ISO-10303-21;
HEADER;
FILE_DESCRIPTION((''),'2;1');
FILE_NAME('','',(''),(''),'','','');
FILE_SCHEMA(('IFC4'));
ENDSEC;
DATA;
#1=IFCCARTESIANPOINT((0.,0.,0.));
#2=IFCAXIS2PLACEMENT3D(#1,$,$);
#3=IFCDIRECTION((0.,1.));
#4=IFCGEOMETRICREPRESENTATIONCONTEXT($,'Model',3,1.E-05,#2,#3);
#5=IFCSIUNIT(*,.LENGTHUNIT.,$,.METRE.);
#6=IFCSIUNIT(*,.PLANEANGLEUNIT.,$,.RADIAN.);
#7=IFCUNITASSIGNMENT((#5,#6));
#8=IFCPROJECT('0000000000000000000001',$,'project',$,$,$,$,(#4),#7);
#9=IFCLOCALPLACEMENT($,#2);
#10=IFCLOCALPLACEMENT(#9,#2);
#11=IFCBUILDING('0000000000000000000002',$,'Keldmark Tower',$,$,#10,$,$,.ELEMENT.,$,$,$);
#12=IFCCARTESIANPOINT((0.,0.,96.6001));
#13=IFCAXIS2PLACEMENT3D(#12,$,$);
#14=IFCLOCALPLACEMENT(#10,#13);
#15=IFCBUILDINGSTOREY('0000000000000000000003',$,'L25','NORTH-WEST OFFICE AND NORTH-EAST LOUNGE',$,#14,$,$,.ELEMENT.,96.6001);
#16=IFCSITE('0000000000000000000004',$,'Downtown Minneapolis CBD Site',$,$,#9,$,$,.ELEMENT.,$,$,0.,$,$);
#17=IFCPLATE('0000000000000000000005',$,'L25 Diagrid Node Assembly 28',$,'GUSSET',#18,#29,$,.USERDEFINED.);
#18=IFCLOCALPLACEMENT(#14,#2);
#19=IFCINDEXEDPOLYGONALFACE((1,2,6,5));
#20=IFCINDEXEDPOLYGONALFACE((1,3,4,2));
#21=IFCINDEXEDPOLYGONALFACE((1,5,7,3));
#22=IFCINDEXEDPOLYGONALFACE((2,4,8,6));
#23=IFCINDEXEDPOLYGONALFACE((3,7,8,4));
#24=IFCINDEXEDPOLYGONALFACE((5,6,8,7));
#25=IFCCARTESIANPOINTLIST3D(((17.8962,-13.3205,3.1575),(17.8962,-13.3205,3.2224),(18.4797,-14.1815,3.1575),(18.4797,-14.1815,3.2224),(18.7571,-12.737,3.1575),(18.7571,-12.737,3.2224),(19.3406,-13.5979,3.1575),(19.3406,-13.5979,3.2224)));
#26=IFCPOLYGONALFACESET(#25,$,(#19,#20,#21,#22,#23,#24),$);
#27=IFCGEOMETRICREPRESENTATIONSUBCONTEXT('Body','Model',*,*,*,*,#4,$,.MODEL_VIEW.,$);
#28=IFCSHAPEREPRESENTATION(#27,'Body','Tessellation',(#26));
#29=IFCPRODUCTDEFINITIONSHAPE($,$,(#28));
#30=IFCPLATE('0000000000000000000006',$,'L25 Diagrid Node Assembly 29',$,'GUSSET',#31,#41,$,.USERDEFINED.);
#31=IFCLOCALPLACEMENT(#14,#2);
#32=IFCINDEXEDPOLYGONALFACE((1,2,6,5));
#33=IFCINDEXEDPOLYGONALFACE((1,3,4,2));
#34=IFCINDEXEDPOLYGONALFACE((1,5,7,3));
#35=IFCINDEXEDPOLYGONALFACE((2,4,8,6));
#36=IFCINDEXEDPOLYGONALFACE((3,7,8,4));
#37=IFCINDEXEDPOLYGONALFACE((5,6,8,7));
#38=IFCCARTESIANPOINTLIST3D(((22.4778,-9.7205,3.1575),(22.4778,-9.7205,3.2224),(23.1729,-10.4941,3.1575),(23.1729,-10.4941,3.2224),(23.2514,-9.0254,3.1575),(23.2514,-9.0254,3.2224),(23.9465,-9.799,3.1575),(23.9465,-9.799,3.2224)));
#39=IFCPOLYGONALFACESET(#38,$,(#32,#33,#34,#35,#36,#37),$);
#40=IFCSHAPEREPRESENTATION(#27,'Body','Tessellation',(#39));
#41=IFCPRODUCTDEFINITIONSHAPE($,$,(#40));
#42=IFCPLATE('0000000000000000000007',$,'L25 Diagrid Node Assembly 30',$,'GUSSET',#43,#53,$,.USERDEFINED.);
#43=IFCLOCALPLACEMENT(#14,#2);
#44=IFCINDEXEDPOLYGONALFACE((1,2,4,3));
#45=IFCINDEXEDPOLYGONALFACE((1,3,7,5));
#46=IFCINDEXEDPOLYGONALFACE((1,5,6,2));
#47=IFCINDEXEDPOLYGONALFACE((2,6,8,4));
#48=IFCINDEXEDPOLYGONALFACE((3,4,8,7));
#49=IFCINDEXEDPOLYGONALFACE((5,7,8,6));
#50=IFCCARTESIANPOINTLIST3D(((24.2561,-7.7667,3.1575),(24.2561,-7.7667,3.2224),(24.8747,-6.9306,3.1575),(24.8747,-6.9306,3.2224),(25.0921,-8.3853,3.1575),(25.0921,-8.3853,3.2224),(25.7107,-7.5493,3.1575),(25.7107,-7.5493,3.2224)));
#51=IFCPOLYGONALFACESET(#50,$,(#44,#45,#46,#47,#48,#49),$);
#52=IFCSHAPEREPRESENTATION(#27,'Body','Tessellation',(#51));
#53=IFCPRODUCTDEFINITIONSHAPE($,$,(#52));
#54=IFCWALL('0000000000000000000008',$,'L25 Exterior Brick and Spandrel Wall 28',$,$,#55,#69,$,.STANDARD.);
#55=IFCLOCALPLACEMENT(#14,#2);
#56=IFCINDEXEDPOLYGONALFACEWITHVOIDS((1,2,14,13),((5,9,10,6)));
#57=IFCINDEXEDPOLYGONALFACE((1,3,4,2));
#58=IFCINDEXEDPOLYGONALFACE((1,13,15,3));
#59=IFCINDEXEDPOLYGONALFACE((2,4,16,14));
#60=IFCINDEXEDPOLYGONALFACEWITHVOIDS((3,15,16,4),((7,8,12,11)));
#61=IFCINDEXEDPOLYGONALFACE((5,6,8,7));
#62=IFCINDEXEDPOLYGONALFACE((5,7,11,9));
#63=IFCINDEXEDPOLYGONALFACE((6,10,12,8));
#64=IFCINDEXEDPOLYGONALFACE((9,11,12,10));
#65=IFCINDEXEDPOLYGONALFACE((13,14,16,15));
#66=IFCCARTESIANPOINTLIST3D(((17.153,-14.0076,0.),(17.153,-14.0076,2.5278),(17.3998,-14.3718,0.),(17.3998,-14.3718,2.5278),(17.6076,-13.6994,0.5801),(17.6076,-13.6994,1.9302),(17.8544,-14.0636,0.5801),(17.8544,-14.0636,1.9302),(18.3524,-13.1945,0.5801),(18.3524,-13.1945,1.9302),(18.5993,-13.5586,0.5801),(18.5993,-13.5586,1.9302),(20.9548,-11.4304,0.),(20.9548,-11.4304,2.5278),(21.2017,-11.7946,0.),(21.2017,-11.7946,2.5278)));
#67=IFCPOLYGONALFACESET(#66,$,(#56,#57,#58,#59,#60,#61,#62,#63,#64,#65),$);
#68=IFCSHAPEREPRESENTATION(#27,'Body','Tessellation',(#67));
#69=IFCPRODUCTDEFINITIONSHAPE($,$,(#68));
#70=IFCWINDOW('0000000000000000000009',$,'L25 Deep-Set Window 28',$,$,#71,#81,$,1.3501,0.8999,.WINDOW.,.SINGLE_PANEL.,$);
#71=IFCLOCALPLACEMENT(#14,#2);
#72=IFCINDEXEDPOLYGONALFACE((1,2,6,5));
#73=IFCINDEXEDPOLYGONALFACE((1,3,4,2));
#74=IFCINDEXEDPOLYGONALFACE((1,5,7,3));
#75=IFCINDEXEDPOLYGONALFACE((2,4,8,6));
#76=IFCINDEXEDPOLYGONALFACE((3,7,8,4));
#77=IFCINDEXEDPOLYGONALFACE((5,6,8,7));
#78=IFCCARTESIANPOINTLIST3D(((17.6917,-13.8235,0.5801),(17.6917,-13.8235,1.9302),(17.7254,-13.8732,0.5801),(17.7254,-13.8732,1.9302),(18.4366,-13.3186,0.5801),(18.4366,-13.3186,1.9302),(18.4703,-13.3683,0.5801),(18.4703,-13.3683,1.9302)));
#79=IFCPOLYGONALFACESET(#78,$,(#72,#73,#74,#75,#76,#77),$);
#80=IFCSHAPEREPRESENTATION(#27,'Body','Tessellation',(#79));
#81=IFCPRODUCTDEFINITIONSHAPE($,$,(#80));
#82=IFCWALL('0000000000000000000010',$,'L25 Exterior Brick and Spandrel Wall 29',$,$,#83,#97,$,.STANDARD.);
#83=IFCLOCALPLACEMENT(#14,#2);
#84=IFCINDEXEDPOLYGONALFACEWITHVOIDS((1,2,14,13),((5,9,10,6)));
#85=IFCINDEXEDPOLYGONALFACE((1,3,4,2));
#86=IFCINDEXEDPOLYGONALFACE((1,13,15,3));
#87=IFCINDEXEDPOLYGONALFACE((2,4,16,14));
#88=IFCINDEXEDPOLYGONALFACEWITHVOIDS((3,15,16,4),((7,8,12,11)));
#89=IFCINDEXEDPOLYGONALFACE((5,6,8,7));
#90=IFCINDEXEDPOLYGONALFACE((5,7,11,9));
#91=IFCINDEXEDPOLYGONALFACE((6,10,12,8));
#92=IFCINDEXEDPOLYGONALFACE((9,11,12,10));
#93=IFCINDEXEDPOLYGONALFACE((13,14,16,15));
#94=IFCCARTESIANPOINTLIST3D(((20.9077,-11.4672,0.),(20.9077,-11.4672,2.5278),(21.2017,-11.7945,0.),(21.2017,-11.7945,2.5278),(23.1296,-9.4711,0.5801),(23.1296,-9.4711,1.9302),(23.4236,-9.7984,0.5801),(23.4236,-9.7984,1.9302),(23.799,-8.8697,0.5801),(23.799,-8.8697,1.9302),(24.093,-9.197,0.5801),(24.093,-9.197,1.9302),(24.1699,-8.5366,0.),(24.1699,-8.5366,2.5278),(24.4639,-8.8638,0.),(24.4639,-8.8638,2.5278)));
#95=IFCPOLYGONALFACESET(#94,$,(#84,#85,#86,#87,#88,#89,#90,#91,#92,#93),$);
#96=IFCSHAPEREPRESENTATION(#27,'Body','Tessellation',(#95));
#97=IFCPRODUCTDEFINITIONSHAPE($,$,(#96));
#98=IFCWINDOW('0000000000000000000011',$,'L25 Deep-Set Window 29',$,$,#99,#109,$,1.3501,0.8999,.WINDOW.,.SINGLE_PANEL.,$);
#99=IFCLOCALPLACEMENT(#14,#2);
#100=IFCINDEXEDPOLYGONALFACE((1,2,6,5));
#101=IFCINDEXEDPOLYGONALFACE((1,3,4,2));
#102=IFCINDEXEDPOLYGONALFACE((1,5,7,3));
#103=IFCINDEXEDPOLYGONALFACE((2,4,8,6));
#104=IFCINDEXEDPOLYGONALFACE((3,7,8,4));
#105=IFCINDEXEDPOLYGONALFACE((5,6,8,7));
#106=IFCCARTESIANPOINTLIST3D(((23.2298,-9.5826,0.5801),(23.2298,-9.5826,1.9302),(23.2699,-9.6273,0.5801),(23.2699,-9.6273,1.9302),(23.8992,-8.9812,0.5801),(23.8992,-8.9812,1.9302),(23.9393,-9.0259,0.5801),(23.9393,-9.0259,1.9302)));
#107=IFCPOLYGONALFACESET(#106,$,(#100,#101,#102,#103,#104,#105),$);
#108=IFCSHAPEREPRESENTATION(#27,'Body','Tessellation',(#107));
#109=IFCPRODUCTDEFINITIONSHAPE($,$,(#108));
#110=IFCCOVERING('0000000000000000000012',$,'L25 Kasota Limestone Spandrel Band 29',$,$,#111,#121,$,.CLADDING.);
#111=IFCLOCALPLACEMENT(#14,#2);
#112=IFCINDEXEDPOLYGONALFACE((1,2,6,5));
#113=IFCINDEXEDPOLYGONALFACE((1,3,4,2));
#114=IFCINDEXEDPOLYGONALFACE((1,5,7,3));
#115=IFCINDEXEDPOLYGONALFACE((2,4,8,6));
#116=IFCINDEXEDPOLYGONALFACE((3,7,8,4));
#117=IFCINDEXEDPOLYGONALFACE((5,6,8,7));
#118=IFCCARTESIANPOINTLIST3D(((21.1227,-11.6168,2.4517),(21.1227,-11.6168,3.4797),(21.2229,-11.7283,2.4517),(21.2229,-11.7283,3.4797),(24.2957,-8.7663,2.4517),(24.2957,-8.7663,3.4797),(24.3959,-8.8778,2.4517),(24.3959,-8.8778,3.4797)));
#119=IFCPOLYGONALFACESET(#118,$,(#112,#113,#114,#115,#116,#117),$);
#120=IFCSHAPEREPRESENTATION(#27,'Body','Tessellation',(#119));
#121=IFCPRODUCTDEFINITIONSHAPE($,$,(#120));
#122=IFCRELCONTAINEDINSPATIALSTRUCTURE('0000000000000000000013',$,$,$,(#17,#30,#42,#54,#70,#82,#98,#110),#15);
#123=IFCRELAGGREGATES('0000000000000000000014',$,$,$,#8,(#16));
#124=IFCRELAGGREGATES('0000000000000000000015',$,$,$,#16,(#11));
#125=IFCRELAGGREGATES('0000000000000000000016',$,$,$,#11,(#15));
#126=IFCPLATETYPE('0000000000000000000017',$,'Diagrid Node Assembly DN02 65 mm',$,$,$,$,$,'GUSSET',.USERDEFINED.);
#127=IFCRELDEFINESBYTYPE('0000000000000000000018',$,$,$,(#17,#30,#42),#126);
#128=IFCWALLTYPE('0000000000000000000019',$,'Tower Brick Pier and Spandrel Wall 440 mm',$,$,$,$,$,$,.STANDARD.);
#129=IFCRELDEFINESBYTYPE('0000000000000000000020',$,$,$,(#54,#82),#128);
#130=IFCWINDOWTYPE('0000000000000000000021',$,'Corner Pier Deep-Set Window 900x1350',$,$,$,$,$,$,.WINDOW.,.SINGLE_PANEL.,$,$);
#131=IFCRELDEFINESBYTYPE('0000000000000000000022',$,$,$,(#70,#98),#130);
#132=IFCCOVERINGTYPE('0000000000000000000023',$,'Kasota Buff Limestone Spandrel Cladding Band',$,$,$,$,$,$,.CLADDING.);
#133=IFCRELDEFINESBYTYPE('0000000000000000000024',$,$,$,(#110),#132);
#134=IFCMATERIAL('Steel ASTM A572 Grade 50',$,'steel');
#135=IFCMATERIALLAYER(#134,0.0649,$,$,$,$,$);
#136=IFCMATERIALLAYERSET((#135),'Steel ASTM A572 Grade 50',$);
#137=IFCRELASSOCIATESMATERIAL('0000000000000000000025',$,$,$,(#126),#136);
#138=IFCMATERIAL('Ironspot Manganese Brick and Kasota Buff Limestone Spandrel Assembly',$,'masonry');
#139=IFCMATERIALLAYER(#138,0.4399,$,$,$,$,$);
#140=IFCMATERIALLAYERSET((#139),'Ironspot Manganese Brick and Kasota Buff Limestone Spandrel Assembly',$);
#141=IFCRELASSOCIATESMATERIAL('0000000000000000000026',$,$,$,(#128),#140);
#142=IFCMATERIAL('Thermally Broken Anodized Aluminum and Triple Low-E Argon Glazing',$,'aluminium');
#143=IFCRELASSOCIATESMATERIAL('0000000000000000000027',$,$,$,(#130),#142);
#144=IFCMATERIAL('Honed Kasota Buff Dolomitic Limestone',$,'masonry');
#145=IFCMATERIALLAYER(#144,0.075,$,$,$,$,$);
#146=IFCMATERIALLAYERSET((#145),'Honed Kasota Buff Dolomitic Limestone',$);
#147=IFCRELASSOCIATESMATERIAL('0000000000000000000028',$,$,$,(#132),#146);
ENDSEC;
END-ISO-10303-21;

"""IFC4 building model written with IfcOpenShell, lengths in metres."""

from ifc_helpers import new_model, si_unit, direction, frame, frame_2d, origin, origin_2d, place, context, subcontext, project, spatial, rectangle, extrude, material, layer, layer_set, type_object, element, fill, save


model = new_model("IFC4")

# Units and contexts
model_context = context("Model", 3, precision=1e-05, world=origin(), true_north=direction((0.0, 1.0)))
body_context = subcontext(model_context, "Body", "Model", "MODEL_VIEW")
ifc_project = project(units=[si_unit("LENGTHUNIT", "METRE"), si_unit("PLANEANGLEUNIT", "RADIAN")], contexts=[model_context])

# Site, building, storey
site_placement = place(None, origin())
site = spatial("IfcSite", under=ifc_project, at=site_placement, Name="Downtown Minneapolis CBD Site", CompositionType="ELEMENT", RefElevation=0.0)
building_placement = place(site_placement, origin())
building = spatial("IfcBuilding", under=site, at=building_placement, Name="Keldmark Tower", CompositionType="ELEMENT")
storey_placement = place(building_placement, frame((0.0, 0.0, 96.6001)))
storey = spatial("IfcBuildingStorey", under=building, at=storey_placement, Name="L25", Description="NORTH-WEST OFFICE AND NORTH-EAST LOUNGE", CompositionType="ELEMENT", Elevation=96.6001)

# Plates
ifc_material_1 = material(Name="Steel ASTM A572 Grade 50", Category="steel")
ifc_layer_1 = layer(ifc_material_1, 0.0649)
ifc_layer_set_1 = layer_set([ifc_layer_1], Name="Steel ASTM A572 Grade 50")
plate_type = type_object("IfcPlateType", Name="Diagrid Node Assembly DN02 65 mm", ElementType="GUSSET", PredefinedType="USERDEFINED", material=ifc_layer_set_1)
for number, where, z_axis, x_axis, name in (
    (1, (18.6184, -13.4592, 3.1575), (0.0, 0.0, 1.0), (0.827767, 0.561072, 0.0), "L25 Diagrid Node Assembly 28"),
    (2, (23.2122, -9.7598, 3.1575), (0.0, 0.0, 1.0), (0.743845, 0.668352, 0.0), "L25 Diagrid Node Assembly 29"),
    (3, (24.9834, -7.658, 3.1575), (0.0, 0.0, 1.0), (0.594823, 0.803857, 0.0), "L25 Diagrid Node Assembly 30"),
):
    element("IfcPlate", number, at=place(storey_placement, frame(where, z_axis=z_axis, x_axis=x_axis)), inside=storey, type_object=plate_type, Name=name, ObjectType="GUSSET", PredefinedType="USERDEFINED", context=body_context, shape_type="SweptSolid", body=[
        extrude(rectangle(XDim=1.04, YDim=1.04, at=origin_2d()), origin(), (0.0, 0.0, 1.0), 0.0649),
    ])

# Walls, openings, windows
ifc_material_2 = material(Name="Ironspot Manganese Brick and Kasota Buff Limestone Spandrel Assembly", Category="masonry")
ifc_layer_2 = layer(ifc_material_2, 0.4399)
ifc_layer_set_2 = layer_set([ifc_layer_2], Name="Ironspot Manganese Brick and Kasota Buff Limestone Spandrel Assembly")
wall_type = type_object("IfcWallType", Name="Tower Brick Pier and Spandrel Wall 440 mm", PredefinedType="STANDARD", material=ifc_layer_set_2)
wall_1_placement = place(storey_placement, frame((21.0781, -11.6125, 0.0), z_axis=(0.0, 0.0, 1.0), x_axis=(-0.82774, -0.561111, 0.0)))
wall_1 = element("IfcWall", 4, at=wall_1_placement, inside=storey, type_object=wall_type, Name="L25 Exterior Brick and Spandrel Wall 28", PredefinedType="STANDARD", context=body_context, shape_type="SweptSolid", body=[
    extrude(rectangle(XDim=4.593, YDim=0.4399, at=frame_2d((2.2964, 0.0))), origin(), (0.0, 0.0, 1.0), 2.5278),
])
opening_1_placement = place(wall_1_placement, frame((3.1438, 0.0, 0.5801)))
opening_1 = element("IfcOpeningElement", 5, at=opening_1_placement, cuts=wall_1, PredefinedType="OPENING", context=body_context, shape_type="SweptSolid", body=[
    extrude(rectangle(XDim=0.8999, YDim=1.3501, at=frame_2d((0.45, 0.675))), frame((0.0, 0.23, 0.0), z_axis=(0.0, -1.0, 0.0), x_axis=(1.0, 0.0, 0.0)), (0.0, 0.0, 1.0), 0.46),
])
ifc_material_3 = material(Name="Thermally Broken Anodized Aluminum and Triple Low-E Argon Glazing", Category="aluminium")
window_type = type_object("IfcWindowType", Name="Corner Pier Deep-Set Window 900x1350", PartitioningType="SINGLE_PANEL", PredefinedType="WINDOW", material=ifc_material_3)
window_1_placement = place(opening_1_placement, origin())
window_1 = element("IfcWindow", 6, at=window_1_placement, inside=storey, type_object=window_type, Name="L25 Deep-Set Window 28", OverallHeight=1.3501, OverallWidth=0.8999, PartitioningType="SINGLE_PANEL", PredefinedType="WINDOW", context=body_context, shape_type="SweptSolid", body=[
    extrude(rectangle(XDim=0.8999, YDim=1.3501, at=frame_2d((0.45, 0.675))), frame((0.0, -0.01, 0.0), z_axis=(0.0, -1.0, 0.0), x_axis=(1.0, 0.0, 0.0)), (0.0, 0.0, 1.0), 0.0601),
])
fill(opening_1, window_1)
wall_2_placement = place(storey_placement, frame((24.3169, -8.7002, 0.0), z_axis=(0.0, 0.0, 1.0), x_axis=(-0.743897, -0.668294, 0.0)))
wall_2 = element("IfcWall", 7, at=wall_2_placement, inside=storey, type_object=wall_type, Name="L25 Exterior Brick and Spandrel Wall 29", PredefinedType="STANDARD", context=body_context, shape_type="SweptSolid", body=[
    extrude(rectangle(XDim=4.3853, YDim=0.4399, at=frame_2d((2.1926, 0.0))), origin(), (0.0, 0.0, 1.0), 2.5278),
])
opening_2_placement = place(wall_2_placement, frame((0.4985, 0.0, 0.5801)))
opening_2 = element("IfcOpeningElement", 8, at=opening_2_placement, cuts=wall_2, PredefinedType="OPENING", context=body_context, shape_type="SweptSolid", body=[
    extrude(rectangle(XDim=0.8999, YDim=1.3501, at=frame_2d((0.45, 0.675))), frame((0.0, 0.23, 0.0), z_axis=(0.0, -1.0, 0.0), x_axis=(1.0, 0.0, 0.0)), (0.0, 0.0, 1.0), 0.46),
])
window_2_placement = place(opening_2_placement, origin())
window_2 = element("IfcWindow", 9, at=window_2_placement, inside=storey, type_object=window_type, Name="L25 Deep-Set Window 29", OverallHeight=1.3501, OverallWidth=0.8999, PartitioningType="SINGLE_PANEL", PredefinedType="WINDOW", context=body_context, shape_type="SweptSolid", body=[
    extrude(rectangle(XDim=0.8999, YDim=1.3501, at=frame_2d((0.45, 0.675))), frame((0.0, -0.01, 0.0), z_axis=(0.0, -1.0, 0.0), x_axis=(1.0, 0.0, 0.0)), (0.0, 0.0, 1.0), 0.0601),
])
fill(opening_2, window_2)

# Covering
ifc_material_4 = material(Name="Honed Kasota Buff Dolomitic Limestone", Category="masonry")
ifc_layer_3 = layer(ifc_material_4, 0.075)
ifc_layer_set_3 = layer_set([ifc_layer_3], Name="Honed Kasota Buff Dolomitic Limestone")
covering_type = type_object("IfcCoveringType", Name="Kasota Buff Limestone Spandrel Cladding Band", PredefinedType="CLADDING", material=ifc_layer_set_3)
covering_placement = place(storey_placement, frame((22.7593, -10.2473, 2.4517), z_axis=(0.0, 0.0, 1.0), x_axis=(0.743903, 0.668287, 0.0)))
element("IfcCovering", 10, at=covering_placement, inside=storey, type_object=covering_type, Name="L25 Kasota Limestone Spandrel Band 29", PredefinedType="CLADDING", context=body_context, shape_type="SweptSolid", body=[
    extrude(rectangle(XDim=4.2654, YDim=0.1499, at=origin_2d()), origin(), (0.0, 0.0, 1.0), 1.0281),
])

save(model, "model.ifc")
